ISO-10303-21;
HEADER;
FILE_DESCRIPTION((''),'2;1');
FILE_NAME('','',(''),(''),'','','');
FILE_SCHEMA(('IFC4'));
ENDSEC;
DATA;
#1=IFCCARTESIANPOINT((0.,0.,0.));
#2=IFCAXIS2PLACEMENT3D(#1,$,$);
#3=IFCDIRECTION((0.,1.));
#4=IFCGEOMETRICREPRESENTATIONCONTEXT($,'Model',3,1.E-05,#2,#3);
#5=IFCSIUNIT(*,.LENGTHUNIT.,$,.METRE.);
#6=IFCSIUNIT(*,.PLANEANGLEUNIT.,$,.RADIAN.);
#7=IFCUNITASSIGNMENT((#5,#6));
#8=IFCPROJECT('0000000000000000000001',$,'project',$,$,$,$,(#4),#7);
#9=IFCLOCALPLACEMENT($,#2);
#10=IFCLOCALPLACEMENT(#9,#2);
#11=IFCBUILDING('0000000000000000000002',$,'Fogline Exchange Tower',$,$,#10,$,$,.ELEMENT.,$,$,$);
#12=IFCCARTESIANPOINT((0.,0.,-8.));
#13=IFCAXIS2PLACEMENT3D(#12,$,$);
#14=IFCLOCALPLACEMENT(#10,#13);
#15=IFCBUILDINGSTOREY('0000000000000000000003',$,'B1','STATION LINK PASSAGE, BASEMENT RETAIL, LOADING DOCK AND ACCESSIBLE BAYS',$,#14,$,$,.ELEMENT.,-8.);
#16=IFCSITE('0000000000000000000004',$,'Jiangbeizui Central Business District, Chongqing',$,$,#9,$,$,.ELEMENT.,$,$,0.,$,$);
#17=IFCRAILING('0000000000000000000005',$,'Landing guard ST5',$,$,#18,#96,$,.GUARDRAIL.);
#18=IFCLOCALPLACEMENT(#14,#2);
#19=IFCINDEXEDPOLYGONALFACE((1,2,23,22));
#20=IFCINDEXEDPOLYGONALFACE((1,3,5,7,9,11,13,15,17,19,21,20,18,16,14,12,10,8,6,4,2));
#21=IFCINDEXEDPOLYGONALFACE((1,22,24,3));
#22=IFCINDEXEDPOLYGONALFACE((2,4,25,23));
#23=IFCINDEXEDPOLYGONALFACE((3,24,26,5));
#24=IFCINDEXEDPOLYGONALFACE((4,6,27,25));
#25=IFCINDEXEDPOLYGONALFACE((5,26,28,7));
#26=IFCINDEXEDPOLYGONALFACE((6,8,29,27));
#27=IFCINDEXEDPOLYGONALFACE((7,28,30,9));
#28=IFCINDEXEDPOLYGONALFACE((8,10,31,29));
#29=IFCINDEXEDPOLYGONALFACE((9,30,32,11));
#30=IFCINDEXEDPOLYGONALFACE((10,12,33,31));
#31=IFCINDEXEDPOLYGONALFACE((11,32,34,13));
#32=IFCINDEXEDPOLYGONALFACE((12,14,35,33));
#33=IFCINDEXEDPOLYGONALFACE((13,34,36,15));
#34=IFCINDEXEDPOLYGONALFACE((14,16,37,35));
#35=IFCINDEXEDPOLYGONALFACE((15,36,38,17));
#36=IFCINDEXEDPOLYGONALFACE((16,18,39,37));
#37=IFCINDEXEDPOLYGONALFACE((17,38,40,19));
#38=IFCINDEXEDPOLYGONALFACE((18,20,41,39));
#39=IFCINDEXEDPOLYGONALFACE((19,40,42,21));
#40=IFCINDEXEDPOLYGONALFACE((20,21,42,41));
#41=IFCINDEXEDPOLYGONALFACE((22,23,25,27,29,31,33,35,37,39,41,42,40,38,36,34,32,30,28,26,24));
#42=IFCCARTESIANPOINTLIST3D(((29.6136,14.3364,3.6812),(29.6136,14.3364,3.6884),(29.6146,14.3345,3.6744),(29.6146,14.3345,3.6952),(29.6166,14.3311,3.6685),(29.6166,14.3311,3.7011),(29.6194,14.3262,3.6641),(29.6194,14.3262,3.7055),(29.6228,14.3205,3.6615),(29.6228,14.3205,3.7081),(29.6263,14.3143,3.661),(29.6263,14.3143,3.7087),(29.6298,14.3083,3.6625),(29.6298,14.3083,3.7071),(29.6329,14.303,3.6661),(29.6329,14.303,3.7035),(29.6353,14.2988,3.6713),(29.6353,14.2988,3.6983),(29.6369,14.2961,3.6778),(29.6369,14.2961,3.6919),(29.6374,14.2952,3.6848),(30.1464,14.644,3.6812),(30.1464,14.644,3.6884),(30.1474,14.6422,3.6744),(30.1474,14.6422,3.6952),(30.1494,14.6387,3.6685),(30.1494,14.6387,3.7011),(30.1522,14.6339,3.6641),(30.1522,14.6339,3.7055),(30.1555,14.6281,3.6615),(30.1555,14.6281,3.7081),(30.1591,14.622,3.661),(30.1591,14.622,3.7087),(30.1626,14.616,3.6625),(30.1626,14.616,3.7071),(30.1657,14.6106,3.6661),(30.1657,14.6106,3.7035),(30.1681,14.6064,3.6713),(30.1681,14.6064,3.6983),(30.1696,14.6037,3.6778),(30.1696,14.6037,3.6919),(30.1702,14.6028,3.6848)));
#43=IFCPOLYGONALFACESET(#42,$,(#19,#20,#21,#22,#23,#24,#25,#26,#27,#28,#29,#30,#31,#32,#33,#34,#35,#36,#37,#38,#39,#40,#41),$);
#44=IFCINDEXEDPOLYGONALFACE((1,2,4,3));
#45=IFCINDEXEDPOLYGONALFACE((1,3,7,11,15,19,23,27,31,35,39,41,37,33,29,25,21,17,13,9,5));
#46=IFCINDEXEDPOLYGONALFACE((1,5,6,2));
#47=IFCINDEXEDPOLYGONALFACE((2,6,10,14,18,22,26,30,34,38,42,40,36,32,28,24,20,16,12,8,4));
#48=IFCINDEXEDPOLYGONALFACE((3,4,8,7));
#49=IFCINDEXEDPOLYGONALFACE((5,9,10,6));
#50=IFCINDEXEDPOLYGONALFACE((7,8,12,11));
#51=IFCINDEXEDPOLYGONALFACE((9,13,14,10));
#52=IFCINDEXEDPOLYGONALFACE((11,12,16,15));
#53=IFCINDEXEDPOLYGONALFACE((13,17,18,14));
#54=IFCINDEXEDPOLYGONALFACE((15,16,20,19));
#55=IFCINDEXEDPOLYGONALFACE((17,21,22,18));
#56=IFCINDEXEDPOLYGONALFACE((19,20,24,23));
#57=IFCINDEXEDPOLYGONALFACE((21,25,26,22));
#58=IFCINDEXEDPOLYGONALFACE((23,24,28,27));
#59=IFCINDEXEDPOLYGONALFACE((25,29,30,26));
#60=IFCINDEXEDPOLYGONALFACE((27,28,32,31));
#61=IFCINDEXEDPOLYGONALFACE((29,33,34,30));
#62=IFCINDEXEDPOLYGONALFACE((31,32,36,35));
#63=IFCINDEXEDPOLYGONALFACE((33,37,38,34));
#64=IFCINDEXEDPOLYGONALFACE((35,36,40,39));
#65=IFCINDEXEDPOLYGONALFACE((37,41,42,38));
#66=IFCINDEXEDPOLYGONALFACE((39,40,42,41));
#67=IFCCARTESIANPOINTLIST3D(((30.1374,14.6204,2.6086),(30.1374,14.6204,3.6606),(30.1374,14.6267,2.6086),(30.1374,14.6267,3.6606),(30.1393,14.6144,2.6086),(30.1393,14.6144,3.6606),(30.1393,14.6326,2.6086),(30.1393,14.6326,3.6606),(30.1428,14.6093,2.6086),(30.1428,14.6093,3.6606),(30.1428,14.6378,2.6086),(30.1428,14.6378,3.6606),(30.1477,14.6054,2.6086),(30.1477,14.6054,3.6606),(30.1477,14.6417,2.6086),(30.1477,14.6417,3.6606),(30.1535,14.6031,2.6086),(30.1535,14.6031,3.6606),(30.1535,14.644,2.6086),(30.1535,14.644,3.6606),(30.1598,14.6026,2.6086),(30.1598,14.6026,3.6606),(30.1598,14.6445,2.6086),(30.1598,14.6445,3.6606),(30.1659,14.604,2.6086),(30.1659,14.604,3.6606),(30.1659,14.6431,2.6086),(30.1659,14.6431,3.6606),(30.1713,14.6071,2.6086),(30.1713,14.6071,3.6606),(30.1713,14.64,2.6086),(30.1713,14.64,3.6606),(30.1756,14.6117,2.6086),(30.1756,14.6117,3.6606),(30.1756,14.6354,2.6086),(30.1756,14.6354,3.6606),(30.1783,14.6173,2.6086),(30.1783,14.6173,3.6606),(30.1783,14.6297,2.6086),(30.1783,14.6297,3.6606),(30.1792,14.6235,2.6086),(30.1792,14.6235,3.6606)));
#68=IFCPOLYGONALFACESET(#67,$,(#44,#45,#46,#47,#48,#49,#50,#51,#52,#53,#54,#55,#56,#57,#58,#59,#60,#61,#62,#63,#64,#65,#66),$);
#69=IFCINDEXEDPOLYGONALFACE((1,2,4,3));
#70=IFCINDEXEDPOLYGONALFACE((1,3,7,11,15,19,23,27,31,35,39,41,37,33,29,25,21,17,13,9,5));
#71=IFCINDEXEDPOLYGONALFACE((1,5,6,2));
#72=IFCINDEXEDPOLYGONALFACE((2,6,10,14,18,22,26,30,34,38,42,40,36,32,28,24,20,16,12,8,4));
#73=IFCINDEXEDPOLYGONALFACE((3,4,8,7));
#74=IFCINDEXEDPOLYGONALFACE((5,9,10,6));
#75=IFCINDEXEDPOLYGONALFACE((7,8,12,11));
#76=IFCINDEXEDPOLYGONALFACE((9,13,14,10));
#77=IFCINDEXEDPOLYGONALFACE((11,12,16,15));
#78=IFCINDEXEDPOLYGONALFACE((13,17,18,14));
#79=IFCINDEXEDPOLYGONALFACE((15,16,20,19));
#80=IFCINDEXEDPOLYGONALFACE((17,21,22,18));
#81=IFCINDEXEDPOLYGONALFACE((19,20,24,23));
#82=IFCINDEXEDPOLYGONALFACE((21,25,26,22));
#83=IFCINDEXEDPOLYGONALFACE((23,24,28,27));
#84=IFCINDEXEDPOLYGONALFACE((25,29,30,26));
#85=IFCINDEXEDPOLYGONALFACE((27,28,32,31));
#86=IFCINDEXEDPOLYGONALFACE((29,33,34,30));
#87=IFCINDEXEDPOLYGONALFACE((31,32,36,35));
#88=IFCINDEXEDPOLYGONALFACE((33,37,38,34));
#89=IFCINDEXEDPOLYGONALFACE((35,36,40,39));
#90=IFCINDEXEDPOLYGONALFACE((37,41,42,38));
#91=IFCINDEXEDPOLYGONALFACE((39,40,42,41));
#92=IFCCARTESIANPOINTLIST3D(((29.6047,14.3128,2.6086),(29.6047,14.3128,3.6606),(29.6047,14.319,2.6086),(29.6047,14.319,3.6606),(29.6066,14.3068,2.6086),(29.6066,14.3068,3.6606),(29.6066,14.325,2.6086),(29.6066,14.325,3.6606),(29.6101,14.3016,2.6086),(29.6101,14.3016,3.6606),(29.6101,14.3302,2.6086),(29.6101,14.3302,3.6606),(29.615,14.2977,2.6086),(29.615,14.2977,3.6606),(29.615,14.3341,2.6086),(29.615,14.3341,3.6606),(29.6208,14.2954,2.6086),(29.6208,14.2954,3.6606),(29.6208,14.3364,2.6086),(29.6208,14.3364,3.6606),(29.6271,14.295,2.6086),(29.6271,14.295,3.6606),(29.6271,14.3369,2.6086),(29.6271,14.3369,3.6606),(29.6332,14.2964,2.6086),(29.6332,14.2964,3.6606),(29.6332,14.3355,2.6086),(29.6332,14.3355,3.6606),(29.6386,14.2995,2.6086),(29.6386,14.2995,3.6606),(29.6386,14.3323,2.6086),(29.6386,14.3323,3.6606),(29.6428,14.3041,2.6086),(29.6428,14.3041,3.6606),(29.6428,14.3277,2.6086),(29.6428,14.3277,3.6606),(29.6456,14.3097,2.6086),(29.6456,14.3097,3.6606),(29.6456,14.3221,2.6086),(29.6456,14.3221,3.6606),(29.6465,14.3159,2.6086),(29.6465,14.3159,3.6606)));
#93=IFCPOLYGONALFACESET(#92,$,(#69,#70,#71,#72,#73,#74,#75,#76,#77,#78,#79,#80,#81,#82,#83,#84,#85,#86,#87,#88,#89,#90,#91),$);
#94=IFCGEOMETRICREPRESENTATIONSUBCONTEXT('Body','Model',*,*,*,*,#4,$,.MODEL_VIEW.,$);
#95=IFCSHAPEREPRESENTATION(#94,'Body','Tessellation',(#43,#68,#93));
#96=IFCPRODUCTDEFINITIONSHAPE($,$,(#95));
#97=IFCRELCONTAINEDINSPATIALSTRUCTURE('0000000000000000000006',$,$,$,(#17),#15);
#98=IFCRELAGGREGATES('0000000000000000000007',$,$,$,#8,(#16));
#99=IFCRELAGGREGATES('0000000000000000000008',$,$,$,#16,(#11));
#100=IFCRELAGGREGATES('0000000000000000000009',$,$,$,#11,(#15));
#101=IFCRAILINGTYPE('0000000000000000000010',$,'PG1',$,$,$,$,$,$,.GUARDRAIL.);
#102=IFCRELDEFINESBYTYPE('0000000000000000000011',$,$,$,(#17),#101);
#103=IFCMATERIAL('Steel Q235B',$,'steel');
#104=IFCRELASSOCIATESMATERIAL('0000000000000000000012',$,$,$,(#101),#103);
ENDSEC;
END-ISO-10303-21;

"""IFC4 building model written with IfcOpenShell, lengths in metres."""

from ifc_helpers import new_model, si_unit, direction, frame, origin, origin_2d, place, context, subcontext, project, spatial, circle, extrude, material, type_object, element, save


model = new_model("IFC4")

# Units and contexts
model_context = context("Model", 3, precision=1e-05, world=origin(), true_north=direction((0.0, 1.0)))
body_context = subcontext(model_context, "Body", "Model", "MODEL_VIEW")
ifc_project = project(units=[si_unit("LENGTHUNIT", "METRE"), si_unit("PLANEANGLEUNIT", "RADIAN")], contexts=[model_context])

# Site, building, storey
site_placement = place(None, origin())
site = spatial("IfcSite", under=ifc_project, at=site_placement, Name="Jiangbeizui Central Business District, Chongqing", CompositionType="ELEMENT", RefElevation=0.0)
building_placement = place(site_placement, origin())
building = spatial("IfcBuilding", under=site, at=building_placement, Name="Fogline Exchange Tower", CompositionType="ELEMENT")
storey_placement = place(building_placement, frame((0.0, 0.0, -8.0)))
storey = spatial("IfcBuildingStorey", under=building, at=storey_placement, Name="B1", Description="STATION LINK PASSAGE, BASEMENT RETAIL, LOADING DOCK AND ACCESSIBLE BAYS", CompositionType="ELEMENT", Elevation=-8.0)

# Shared definitions
ifc_material_1 = material(Name="Steel Q235B", Category="steel")

# Railing
railing_type_1 = type_object("IfcRailingType", Name="PG1", PredefinedType="GUARDRAIL", material=ifc_material_1)
railing_1_placement = place(storey_placement, frame((30.1582, 14.6235, 2.6086)))
element("IfcRailing", 1, at=railing_1_placement, inside=storey, type_object=railing_type_1, Name="Landing guard ST5", PredefinedType="GUARDRAIL", context=body_context, shape_type="SweptSolid", body=[
    extrude(circle(Radius=0.0239, at=origin_2d()), frame((0.0, 0.0, 1.0762), z_axis=(-0.865987, -0.500066, 0.0), x_axis=(0.500066, -0.865987, 0.0)), (0.0, 0.0, 1.0), 0.6152),
    extrude(circle(Radius=0.021, at=origin_2d()), origin(), (0.0, 0.0, 1.0), 1.052),
    extrude(circle(Radius=0.021, at=origin_2d()), frame((-0.5327, -0.3076, 0.0)), (0.0, 0.0, 1.0), 1.052),
])

save(model, "model.ifc")
